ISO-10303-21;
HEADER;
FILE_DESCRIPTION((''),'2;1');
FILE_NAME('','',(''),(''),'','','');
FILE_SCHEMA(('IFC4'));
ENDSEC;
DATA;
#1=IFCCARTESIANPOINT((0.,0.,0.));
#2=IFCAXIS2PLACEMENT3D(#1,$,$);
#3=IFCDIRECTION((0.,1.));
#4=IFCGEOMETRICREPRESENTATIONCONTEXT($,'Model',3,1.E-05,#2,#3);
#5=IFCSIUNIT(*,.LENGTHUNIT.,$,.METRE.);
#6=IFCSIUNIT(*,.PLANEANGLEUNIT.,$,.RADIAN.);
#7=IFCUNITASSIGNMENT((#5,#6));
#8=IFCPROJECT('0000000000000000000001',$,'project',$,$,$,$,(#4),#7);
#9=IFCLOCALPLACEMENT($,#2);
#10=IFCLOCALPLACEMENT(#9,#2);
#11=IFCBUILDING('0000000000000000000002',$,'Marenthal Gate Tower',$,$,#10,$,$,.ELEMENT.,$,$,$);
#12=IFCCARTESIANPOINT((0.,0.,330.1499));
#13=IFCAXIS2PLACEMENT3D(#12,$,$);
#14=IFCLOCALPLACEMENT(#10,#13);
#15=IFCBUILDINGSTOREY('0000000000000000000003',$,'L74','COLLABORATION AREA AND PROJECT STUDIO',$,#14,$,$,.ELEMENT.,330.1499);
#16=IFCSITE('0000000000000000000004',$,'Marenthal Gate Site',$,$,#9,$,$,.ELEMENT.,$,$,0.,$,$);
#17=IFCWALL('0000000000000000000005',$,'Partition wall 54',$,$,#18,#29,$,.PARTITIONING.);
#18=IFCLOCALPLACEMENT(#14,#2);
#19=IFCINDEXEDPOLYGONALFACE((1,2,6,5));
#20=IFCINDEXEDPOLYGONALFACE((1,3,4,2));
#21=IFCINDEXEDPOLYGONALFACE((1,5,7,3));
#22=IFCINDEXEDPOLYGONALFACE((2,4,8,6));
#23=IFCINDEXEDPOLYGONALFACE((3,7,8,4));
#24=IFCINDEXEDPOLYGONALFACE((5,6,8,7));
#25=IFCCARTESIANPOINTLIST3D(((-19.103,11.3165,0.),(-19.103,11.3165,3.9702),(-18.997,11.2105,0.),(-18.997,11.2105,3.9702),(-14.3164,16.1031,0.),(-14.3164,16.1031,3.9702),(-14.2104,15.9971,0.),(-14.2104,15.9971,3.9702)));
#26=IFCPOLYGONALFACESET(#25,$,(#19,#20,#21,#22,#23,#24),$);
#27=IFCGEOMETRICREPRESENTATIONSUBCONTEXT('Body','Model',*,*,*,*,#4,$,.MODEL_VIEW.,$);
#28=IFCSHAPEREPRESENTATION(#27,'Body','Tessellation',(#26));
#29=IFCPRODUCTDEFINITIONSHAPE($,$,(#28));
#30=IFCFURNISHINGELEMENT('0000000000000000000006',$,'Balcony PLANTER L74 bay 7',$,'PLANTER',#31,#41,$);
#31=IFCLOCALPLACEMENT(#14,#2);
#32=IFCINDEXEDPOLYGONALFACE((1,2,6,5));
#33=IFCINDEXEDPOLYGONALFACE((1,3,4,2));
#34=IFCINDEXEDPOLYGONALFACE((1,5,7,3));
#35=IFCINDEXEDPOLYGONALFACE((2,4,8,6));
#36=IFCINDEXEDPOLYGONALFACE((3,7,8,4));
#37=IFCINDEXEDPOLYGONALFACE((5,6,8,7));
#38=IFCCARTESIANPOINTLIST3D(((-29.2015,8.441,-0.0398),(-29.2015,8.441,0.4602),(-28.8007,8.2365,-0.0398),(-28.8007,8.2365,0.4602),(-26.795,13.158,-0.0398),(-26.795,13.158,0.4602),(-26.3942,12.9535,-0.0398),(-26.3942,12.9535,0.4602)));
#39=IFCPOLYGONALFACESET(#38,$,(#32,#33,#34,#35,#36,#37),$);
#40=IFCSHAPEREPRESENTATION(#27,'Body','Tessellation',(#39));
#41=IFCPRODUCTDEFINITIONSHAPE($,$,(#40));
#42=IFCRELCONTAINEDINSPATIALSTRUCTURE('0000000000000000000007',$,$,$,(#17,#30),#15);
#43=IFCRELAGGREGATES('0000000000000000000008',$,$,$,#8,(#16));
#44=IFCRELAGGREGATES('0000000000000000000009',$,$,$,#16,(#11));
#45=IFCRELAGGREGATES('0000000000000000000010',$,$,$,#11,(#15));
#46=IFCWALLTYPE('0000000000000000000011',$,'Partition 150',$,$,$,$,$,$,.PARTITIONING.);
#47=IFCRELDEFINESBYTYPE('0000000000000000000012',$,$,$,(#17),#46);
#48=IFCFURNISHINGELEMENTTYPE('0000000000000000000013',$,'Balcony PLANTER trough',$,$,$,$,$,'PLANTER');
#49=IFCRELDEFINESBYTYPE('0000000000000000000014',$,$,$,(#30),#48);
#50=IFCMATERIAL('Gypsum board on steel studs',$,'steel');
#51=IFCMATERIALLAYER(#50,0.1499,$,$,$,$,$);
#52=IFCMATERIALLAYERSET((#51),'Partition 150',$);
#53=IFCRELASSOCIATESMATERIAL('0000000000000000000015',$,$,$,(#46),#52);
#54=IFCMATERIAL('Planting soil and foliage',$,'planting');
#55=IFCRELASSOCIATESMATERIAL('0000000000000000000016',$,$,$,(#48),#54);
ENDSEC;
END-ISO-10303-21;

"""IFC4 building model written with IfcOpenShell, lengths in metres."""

from ifc_helpers import new_model, si_unit, direction, frame, frame_2d, origin, origin_2d, place, context, subcontext, project, spatial, rectangle, extrude, material, layer, layer_set, type_object, element, save


model = new_model("IFC4")

# Units and contexts
model_context = context("Model", 3, precision=1e-05, world=origin(), true_north=direction((0.0, 1.0)))
body_context = subcontext(model_context, "Body", "Model", "MODEL_VIEW")
ifc_project = project(units=[si_unit("LENGTHUNIT", "METRE"), si_unit("PLANEANGLEUNIT", "RADIAN")], contexts=[model_context])

# Site, building, storey
site_placement = place(None, origin())
site = spatial("IfcSite", under=ifc_project, at=site_placement, Name="Marenthal Gate Site", CompositionType="ELEMENT", RefElevation=0.0)
building_placement = place(site_placement, origin())
building = spatial("IfcBuilding", under=site, at=building_placement, Name="Marenthal Gate Tower", CompositionType="ELEMENT")
storey_placement = place(building_placement, frame((0.0, 0.0, 330.1499)))
storey = spatial("IfcBuildingStorey", under=building, at=storey_placement, Name="L74", Description="COLLABORATION AREA AND PROJECT STUDIO", CompositionType="ELEMENT", Elevation=330.1499)

# Wall
ifc_material_1 = material(Name="Gypsum board on steel studs", Category="steel")
ifc_layer_1 = layer(ifc_material_1, 0.1499)
ifc_layer_set_1 = layer_set([ifc_layer_1], Name="Partition 150")
wall_type_1 = type_object("IfcWallType", Name="Partition 150", PredefinedType="PARTITIONING", material=ifc_layer_set_1)
wall_1_placement = place(storey_placement, frame((-19.05, 11.2634, 0.0), z_axis=(0.0, 0.0, 1.0), x_axis=(0.707107, 0.707107, 0.0)))
element("IfcWall", 1, at=wall_1_placement, inside=storey, type_object=wall_type_1, Name="Partition wall 54", PredefinedType="PARTITIONING", context=body_context, shape_type="SweptSolid", body=[
    extrude(rectangle(XDim=6.7693, YDim=0.1499, at=frame_2d((3.3848, 0.0))), origin(), (0.0, 0.0, 1.0), 3.9702),
])

# Furnishing element
ifc_material_2 = material(Name="Planting soil and foliage", Category="planting")
furnishing_element_type = type_object("IfcFurnishingElementType", Name="Balcony PLANTER trough", ElementType="PLANTER", material=ifc_material_2)
furnishing_placement = place(storey_placement, frame((-27.7979, 10.6973, -0.0398), z_axis=(0.0, 0.0, 1.0), x_axis=(-0.454443, -0.890776, 0.0)))
element("IfcFurnishingElement", 2, at=furnishing_placement, inside=storey, type_object=furnishing_element_type, Name="Balcony PLANTER L74 bay 7", ObjectType="PLANTER", context=body_context, shape_type="SweptSolid", body=[
    extrude(rectangle(XDim=5.2954, YDim=0.45, at=origin_2d()), origin(), (0.0, 0.0, 1.0), 0.5),
])

save(model, "model.ifc")
